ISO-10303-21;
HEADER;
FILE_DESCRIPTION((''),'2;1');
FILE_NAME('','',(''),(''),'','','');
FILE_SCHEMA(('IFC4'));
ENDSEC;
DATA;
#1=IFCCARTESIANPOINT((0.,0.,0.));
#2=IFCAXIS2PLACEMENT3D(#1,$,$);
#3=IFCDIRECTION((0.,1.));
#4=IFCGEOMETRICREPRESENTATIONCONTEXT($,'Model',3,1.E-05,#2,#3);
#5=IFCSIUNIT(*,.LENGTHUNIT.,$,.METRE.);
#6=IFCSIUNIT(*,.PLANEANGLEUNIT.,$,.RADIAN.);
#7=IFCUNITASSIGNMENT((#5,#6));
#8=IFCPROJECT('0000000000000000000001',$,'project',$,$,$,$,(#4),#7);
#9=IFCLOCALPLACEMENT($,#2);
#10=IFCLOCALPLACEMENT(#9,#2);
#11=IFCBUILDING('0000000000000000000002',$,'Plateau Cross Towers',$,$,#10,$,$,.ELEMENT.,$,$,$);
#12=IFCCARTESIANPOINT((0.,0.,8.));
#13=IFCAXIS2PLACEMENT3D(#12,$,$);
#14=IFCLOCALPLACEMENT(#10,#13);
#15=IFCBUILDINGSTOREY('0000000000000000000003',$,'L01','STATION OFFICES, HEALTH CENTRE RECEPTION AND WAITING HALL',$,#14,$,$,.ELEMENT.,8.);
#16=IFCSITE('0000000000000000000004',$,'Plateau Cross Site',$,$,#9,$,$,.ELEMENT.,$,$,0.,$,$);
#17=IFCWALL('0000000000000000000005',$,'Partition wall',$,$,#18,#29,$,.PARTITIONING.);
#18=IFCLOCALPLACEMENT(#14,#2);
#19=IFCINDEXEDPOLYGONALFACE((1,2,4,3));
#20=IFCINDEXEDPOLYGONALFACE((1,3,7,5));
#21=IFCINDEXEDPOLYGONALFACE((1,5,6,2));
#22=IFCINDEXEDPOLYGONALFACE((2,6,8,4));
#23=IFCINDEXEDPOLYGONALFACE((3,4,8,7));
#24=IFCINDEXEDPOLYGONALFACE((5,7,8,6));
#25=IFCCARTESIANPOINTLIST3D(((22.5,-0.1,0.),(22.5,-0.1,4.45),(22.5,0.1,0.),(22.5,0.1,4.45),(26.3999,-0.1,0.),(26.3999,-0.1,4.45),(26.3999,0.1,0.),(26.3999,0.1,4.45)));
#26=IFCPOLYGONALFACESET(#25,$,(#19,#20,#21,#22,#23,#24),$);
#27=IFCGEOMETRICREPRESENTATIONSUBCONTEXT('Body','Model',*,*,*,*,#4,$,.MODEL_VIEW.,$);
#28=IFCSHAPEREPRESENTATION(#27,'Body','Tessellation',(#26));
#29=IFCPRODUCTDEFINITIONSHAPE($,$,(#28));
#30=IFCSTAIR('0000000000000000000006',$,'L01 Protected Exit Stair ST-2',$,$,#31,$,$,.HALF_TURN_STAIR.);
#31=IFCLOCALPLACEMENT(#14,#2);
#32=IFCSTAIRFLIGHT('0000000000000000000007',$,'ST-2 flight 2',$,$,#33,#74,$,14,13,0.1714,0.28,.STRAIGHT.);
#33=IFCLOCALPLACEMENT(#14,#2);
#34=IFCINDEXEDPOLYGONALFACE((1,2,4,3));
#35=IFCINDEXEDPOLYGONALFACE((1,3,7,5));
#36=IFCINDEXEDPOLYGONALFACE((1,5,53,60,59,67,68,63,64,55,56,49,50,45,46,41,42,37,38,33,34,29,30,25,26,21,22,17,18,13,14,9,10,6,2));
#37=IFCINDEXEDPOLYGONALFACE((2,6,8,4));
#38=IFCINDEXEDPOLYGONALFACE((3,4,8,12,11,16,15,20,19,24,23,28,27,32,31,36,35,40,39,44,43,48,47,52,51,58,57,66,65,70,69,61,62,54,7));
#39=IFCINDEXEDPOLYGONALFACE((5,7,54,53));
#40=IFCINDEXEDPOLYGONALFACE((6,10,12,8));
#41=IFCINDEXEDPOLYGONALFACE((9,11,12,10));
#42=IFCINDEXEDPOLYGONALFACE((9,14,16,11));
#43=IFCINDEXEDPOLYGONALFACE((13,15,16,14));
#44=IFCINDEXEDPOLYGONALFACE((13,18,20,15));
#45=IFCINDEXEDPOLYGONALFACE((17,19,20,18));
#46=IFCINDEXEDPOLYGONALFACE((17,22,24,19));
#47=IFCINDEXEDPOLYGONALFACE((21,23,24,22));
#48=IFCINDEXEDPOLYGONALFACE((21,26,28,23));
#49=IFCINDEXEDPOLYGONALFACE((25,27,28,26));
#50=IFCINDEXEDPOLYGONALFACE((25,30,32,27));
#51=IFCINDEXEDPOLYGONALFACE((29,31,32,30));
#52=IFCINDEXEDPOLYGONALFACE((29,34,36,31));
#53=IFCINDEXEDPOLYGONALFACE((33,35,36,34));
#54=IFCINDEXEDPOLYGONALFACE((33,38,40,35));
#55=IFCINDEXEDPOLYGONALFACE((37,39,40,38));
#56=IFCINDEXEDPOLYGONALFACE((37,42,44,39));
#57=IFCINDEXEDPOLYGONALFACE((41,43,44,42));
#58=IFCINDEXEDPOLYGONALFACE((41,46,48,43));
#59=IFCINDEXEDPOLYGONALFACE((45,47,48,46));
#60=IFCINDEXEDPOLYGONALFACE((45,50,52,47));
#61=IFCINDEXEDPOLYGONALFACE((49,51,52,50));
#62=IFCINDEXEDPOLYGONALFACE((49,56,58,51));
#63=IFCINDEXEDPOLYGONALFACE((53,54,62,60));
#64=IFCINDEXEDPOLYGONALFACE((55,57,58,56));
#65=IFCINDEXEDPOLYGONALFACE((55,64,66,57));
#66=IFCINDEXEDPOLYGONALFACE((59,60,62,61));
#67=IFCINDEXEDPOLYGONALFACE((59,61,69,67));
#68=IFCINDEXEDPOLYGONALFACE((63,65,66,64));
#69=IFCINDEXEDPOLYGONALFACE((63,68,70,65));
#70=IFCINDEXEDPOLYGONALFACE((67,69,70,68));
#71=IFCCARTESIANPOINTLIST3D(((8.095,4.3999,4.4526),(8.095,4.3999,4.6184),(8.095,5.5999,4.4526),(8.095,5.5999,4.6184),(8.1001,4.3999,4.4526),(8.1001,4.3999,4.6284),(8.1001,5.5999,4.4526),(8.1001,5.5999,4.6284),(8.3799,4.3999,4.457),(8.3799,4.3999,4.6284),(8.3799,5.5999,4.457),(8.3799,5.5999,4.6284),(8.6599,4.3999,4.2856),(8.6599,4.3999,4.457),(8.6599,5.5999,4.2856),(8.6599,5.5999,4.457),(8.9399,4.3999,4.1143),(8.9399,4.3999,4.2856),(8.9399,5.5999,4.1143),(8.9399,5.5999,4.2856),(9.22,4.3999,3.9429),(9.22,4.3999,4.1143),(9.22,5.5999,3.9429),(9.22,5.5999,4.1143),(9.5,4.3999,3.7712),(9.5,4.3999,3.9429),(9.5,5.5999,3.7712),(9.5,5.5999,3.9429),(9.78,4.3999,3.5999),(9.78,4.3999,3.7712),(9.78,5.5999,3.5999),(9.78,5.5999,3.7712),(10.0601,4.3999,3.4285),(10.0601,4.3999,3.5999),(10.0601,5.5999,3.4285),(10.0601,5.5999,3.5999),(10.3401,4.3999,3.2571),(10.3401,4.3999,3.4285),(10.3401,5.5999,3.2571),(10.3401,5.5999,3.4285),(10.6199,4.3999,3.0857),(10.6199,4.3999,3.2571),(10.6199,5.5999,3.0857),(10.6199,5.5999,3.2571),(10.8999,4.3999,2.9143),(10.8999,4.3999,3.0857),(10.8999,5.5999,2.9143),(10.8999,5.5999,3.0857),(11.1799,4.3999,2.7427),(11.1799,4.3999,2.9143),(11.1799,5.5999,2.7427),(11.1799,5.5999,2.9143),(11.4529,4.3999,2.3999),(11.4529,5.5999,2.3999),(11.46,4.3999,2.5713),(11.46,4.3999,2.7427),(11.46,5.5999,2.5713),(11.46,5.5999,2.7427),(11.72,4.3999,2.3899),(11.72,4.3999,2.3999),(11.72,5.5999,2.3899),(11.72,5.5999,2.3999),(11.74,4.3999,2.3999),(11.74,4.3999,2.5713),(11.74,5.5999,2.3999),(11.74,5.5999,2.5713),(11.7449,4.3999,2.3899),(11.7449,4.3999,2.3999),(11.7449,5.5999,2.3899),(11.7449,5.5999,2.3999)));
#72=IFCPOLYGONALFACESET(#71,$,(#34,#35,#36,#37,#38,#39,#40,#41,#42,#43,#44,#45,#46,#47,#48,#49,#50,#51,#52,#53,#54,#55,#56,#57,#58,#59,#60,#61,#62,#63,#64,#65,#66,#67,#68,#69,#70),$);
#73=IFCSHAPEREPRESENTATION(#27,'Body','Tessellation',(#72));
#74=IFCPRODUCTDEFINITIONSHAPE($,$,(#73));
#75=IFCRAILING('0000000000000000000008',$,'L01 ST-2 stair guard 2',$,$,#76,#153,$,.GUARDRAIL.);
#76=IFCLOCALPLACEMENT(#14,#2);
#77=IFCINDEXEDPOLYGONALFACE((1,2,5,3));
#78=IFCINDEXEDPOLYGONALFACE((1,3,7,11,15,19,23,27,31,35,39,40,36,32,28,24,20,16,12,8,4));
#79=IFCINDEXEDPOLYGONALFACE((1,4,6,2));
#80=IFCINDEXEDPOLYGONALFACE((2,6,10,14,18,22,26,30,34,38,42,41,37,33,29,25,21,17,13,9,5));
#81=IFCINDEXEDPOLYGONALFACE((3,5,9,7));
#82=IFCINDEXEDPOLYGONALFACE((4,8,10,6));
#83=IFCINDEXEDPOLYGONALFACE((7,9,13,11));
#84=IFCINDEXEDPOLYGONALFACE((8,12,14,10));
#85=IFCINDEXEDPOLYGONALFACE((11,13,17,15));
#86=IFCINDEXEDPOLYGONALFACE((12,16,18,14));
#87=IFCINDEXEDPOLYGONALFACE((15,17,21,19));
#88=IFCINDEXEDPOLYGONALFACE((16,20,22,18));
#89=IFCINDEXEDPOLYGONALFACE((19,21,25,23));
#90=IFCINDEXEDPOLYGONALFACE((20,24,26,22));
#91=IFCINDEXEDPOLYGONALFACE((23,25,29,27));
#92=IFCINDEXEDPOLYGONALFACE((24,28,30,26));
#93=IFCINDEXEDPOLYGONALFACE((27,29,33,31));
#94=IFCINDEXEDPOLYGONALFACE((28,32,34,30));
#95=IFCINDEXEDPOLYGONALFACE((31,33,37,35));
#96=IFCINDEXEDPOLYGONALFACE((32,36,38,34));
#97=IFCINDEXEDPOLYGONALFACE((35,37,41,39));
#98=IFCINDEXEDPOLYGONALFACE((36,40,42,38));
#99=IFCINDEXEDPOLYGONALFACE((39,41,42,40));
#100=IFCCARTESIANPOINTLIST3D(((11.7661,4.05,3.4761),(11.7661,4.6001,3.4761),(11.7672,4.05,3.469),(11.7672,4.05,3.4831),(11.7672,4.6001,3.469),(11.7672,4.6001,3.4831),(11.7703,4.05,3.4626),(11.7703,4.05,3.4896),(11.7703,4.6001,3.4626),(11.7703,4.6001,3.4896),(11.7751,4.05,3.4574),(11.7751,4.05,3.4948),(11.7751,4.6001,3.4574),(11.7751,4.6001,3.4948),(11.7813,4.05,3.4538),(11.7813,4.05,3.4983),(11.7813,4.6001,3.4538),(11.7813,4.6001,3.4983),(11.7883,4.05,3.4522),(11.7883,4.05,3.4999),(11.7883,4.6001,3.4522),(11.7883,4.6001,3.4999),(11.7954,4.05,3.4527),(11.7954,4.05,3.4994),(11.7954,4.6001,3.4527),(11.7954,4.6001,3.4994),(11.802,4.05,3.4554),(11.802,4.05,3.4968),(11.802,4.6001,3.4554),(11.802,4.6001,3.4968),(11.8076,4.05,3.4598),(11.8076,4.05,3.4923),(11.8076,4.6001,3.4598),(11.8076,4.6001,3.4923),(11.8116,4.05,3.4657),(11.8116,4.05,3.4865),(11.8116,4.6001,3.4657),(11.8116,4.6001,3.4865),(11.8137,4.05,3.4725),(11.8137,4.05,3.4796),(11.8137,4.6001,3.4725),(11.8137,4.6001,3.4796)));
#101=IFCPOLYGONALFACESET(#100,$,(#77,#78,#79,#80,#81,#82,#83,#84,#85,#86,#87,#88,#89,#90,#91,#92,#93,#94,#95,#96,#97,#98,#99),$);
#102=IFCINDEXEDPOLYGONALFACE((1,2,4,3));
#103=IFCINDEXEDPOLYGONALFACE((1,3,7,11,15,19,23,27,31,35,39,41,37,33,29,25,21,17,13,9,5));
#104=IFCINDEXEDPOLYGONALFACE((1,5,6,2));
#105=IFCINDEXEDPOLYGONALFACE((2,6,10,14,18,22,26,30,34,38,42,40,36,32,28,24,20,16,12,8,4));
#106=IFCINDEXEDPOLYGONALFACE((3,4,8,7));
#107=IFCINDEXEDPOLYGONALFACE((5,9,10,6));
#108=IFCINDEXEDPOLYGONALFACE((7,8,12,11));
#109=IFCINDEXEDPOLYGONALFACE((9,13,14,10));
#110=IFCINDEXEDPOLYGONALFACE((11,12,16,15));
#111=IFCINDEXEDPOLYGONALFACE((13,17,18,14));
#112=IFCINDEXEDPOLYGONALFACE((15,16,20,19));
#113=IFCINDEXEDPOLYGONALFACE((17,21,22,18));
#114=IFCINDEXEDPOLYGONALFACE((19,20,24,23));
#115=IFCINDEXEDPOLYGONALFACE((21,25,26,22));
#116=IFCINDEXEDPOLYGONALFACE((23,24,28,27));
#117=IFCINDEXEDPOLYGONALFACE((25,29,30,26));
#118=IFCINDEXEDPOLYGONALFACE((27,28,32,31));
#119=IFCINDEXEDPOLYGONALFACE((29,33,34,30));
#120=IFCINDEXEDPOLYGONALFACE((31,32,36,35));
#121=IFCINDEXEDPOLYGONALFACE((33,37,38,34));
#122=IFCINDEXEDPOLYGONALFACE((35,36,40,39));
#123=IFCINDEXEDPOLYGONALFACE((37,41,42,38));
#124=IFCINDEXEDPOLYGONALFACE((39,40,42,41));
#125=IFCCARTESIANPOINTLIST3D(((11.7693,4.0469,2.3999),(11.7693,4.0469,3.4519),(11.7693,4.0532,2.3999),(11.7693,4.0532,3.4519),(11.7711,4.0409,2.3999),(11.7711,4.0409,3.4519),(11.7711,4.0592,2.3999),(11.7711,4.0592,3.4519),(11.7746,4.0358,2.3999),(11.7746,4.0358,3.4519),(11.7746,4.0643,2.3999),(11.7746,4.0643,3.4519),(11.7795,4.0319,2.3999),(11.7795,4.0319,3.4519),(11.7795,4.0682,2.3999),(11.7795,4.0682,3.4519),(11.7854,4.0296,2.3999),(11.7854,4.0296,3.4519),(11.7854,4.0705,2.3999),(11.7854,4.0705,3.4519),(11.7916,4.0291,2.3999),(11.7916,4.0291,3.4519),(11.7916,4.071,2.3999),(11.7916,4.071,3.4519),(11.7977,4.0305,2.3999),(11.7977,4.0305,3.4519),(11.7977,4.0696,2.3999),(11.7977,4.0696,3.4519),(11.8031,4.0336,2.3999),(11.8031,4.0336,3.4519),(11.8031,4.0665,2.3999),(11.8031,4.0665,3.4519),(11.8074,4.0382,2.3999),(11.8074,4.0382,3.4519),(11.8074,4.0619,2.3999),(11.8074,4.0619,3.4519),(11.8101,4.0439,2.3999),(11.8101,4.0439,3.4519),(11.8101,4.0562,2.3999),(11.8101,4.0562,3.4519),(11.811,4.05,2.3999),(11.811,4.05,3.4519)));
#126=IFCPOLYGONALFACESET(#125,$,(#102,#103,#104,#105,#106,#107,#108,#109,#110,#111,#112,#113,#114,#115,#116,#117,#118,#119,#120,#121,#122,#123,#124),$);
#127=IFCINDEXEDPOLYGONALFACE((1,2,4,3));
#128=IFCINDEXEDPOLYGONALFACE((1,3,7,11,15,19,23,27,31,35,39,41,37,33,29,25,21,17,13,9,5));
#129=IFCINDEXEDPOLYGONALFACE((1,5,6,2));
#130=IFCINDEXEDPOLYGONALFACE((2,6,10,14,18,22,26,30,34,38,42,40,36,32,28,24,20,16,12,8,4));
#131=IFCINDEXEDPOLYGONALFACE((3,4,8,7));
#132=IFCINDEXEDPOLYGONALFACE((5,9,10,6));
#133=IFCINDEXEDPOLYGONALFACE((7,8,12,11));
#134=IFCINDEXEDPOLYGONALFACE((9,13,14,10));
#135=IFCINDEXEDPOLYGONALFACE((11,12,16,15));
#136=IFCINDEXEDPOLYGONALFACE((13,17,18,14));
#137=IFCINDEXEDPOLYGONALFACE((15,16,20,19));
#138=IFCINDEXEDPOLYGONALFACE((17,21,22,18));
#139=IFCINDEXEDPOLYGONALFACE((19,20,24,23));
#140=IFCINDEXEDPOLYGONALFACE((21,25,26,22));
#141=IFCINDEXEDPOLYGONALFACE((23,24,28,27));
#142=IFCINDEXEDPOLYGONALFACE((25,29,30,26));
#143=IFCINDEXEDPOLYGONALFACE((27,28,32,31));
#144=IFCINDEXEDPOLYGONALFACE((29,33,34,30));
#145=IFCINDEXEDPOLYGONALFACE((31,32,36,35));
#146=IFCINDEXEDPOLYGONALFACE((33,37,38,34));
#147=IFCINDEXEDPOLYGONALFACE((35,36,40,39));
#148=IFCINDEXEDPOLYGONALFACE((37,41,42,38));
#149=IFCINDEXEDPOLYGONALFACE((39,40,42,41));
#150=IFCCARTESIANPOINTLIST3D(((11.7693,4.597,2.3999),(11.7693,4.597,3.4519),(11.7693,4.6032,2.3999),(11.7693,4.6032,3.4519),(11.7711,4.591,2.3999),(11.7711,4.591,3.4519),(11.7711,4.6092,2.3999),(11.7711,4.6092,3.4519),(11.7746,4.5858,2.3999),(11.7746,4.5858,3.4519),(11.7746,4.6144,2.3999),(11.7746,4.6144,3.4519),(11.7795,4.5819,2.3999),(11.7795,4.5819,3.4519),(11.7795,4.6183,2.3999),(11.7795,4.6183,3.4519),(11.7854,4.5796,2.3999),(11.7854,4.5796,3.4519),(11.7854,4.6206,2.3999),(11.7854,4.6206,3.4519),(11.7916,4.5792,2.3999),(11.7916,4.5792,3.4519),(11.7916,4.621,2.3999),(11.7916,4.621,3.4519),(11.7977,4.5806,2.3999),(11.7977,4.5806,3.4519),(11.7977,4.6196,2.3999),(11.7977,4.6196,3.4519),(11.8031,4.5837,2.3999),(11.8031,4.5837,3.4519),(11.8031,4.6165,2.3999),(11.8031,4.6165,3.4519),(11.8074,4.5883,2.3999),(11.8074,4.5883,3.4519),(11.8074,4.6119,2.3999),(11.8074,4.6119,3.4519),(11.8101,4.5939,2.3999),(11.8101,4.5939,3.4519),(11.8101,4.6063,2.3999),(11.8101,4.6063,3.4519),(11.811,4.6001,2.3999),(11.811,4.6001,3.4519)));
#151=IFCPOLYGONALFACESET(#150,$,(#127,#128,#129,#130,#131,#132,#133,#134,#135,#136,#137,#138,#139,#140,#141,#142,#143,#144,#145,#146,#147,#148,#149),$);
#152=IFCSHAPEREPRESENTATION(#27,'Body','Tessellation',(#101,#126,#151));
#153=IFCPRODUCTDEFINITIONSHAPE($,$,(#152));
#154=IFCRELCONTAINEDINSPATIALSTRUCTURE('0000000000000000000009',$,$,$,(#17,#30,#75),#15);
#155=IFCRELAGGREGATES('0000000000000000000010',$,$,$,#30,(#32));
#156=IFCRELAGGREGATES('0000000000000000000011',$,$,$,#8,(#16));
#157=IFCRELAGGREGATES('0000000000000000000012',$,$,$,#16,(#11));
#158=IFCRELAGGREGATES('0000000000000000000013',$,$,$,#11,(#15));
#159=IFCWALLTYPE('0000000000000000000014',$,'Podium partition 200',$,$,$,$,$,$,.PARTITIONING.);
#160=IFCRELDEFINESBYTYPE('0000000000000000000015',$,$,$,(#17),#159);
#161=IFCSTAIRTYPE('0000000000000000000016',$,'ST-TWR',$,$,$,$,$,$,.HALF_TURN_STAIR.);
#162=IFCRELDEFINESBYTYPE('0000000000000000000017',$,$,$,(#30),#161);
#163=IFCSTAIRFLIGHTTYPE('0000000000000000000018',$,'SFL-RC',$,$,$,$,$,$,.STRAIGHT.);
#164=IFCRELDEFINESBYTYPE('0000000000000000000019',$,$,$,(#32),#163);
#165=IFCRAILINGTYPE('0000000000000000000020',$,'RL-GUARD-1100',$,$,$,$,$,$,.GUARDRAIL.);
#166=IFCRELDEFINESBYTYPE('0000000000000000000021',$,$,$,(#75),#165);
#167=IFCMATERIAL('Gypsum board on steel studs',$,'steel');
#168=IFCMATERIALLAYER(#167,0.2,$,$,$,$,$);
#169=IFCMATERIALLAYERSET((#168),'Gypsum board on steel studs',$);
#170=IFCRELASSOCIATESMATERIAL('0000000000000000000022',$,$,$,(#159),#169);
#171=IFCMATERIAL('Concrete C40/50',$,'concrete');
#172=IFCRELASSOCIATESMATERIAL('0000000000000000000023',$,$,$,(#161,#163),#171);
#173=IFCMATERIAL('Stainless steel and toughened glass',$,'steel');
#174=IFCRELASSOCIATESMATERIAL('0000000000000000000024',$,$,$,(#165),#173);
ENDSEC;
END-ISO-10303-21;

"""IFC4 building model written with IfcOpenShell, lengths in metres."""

from ifc_helpers import new_model, si_unit, direction, frame, frame_2d, origin, origin_2d, place, context, subcontext, project, spatial, polyline, rectangle, circle, outline, extrude, material, layer, layer_set, type_object, element, aggregate, save


model = new_model("IFC4")

# Units and contexts
model_context = context("Model", 3, precision=1e-05, world=origin(), true_north=direction((0.0, 1.0)))
body_context = subcontext(model_context, "Body", "Model", "MODEL_VIEW")
ifc_project = project(units=[si_unit("LENGTHUNIT", "METRE"), si_unit("PLANEANGLEUNIT", "RADIAN")], contexts=[model_context])

# Site, building, storey
site_placement = place(None, origin())
site = spatial("IfcSite", under=ifc_project, at=site_placement, Name="Plateau Cross Site", CompositionType="ELEMENT", RefElevation=0.0)
building_placement = place(site_placement, origin())
building = spatial("IfcBuilding", under=site, at=building_placement, Name="Plateau Cross Towers", CompositionType="ELEMENT")
storey_placement = place(building_placement, frame((0.0, 0.0, 8.0)))
storey = spatial("IfcBuildingStorey", under=building, at=storey_placement, Name="L01", Description="STATION OFFICES, HEALTH CENTRE RECEPTION AND WAITING HALL", CompositionType="ELEMENT", Elevation=8.0)

# Wall
ifc_material_1 = material(Name="Gypsum board on steel studs", Category="steel")
ifc_layer_1 = layer(ifc_material_1, 0.2)
ifc_layer_set_1 = layer_set([ifc_layer_1], Name="Gypsum board on steel studs")
wall_type_1 = type_object("IfcWallType", Name="Podium partition 200", PredefinedType="PARTITIONING", material=ifc_layer_set_1)
wall_1_placement = place(storey_placement, frame((26.3999, 0.0, 0.0), z_axis=(0.0, 0.0, 1.0), x_axis=(-1.0, 0.0, 0.0)))
element("IfcWall", 1, at=wall_1_placement, inside=storey, type_object=wall_type_1, Name="Partition wall", PredefinedType="PARTITIONING", context=body_context, shape_type="SweptSolid", body=[
    extrude(rectangle(XDim=3.8999, YDim=0.2, at=frame_2d((1.95, 0.0))), origin(), (0.0, 0.0, 1.0), 4.45),
])

# Stair, stair flight
ifc_material_2 = material(Name="Concrete C40/50", Category="concrete")
stair_type = type_object("IfcStairType", Name="ST-TWR", PredefinedType="HALF_TURN_STAIR", material=ifc_material_2)
stair_placement = place(storey_placement, origin())
stair = element("IfcStair", 2, at=stair_placement, inside=storey, type_object=stair_type, Name="L01 Protected Exit Stair ST-2", PredefinedType="HALF_TURN_STAIR")
stair_flight_type = type_object("IfcStairFlightType", Name="SFL-RC", PredefinedType="STRAIGHT", material=ifc_material_2)
stair_flight_placement = place(storey_placement, frame((11.74, 5.0, 2.3999), z_axis=(0.0, 0.0, 1.0), x_axis=(-1.0, 0.0, 0.0)))
stair_flight = element("IfcStairFlight", 3, at=stair_flight_placement, type_object=stair_flight_type, Name="ST-2 flight 2", NumberOfRisers=14, NumberOfTreads=13, PredefinedType="STRAIGHT", RiserHeight=0.1714, TreadLength=0.28, context=body_context, shape_type="SweptSolid", body=[
    extrude(outline(polyline([(-0.0049, -0.01), (-0.0049, 0.0), (0.0, 0.0), (0.0, 0.1714), (0.28, 0.1714), (0.28, 0.3428), (0.5601, 0.3428), (0.5601, 0.5144), (0.8401, 0.5144), (0.8401, 0.6858), (1.1201, 0.6858), (1.1201, 0.8572), (1.3999, 0.8572), (1.3999, 1.0286), (1.6799, 1.0286), (1.6799, 1.2), (1.96, 1.2), (1.96, 1.3713), (2.24, 1.3713), (2.24, 1.543), (2.52, 1.543), (2.52, 1.7144), (2.8, 1.7144), (2.8, 1.8857), (3.0801, 1.8857), (3.0801, 2.0571), (3.3601, 2.0571), (3.3601, 2.2285), (3.6399, 2.2285), (3.645, 2.2185), (3.645, 2.0527), (3.6399, 2.0527), (0.2871, 0.0), (0.02, 0.0), (0.02, -0.01), (-0.0049, -0.01)])), frame((0.0, 0.6001, 0.0), z_axis=(0.0, -1.0, 0.0), x_axis=(1.0, 0.0, 0.0)), (0.0, 0.0, 1.0), 1.2),
])
aggregate(stair, [stair_flight])

# Railing
ifc_material_3 = material(Name="Stainless steel and toughened glass", Category="steel")
railing_type_1 = type_object("IfcRailingType", Name="RL-GUARD-1100", PredefinedType="GUARDRAIL", material=ifc_material_3)
railing_1_placement = place(storey_placement, frame((11.79, 4.05, 2.3999)))
element("IfcRailing", 4, at=railing_1_placement, inside=storey, type_object=railing_type_1, Name="L01 ST-2 stair guard 2", PredefinedType="GUARDRAIL", context=body_context, shape_type="SweptSolid", body=[
    extrude(circle(Radius=0.0239, at=origin_2d()), frame((0.0, 0.0, 1.0762), z_axis=(0.0, 1.0, 0.0), x_axis=(-1.0, 0.0, 0.0)), (0.0, 0.0, 1.0), 0.55),
    extrude(circle(Radius=0.021, at=origin_2d()), origin(), (0.0, 0.0, 1.0), 1.052),
    extrude(circle(Radius=0.021, at=origin_2d()), frame((0.0, 0.55, 0.0)), (0.0, 0.0, 1.0), 1.052),
])

save(model, "model.ifc")
